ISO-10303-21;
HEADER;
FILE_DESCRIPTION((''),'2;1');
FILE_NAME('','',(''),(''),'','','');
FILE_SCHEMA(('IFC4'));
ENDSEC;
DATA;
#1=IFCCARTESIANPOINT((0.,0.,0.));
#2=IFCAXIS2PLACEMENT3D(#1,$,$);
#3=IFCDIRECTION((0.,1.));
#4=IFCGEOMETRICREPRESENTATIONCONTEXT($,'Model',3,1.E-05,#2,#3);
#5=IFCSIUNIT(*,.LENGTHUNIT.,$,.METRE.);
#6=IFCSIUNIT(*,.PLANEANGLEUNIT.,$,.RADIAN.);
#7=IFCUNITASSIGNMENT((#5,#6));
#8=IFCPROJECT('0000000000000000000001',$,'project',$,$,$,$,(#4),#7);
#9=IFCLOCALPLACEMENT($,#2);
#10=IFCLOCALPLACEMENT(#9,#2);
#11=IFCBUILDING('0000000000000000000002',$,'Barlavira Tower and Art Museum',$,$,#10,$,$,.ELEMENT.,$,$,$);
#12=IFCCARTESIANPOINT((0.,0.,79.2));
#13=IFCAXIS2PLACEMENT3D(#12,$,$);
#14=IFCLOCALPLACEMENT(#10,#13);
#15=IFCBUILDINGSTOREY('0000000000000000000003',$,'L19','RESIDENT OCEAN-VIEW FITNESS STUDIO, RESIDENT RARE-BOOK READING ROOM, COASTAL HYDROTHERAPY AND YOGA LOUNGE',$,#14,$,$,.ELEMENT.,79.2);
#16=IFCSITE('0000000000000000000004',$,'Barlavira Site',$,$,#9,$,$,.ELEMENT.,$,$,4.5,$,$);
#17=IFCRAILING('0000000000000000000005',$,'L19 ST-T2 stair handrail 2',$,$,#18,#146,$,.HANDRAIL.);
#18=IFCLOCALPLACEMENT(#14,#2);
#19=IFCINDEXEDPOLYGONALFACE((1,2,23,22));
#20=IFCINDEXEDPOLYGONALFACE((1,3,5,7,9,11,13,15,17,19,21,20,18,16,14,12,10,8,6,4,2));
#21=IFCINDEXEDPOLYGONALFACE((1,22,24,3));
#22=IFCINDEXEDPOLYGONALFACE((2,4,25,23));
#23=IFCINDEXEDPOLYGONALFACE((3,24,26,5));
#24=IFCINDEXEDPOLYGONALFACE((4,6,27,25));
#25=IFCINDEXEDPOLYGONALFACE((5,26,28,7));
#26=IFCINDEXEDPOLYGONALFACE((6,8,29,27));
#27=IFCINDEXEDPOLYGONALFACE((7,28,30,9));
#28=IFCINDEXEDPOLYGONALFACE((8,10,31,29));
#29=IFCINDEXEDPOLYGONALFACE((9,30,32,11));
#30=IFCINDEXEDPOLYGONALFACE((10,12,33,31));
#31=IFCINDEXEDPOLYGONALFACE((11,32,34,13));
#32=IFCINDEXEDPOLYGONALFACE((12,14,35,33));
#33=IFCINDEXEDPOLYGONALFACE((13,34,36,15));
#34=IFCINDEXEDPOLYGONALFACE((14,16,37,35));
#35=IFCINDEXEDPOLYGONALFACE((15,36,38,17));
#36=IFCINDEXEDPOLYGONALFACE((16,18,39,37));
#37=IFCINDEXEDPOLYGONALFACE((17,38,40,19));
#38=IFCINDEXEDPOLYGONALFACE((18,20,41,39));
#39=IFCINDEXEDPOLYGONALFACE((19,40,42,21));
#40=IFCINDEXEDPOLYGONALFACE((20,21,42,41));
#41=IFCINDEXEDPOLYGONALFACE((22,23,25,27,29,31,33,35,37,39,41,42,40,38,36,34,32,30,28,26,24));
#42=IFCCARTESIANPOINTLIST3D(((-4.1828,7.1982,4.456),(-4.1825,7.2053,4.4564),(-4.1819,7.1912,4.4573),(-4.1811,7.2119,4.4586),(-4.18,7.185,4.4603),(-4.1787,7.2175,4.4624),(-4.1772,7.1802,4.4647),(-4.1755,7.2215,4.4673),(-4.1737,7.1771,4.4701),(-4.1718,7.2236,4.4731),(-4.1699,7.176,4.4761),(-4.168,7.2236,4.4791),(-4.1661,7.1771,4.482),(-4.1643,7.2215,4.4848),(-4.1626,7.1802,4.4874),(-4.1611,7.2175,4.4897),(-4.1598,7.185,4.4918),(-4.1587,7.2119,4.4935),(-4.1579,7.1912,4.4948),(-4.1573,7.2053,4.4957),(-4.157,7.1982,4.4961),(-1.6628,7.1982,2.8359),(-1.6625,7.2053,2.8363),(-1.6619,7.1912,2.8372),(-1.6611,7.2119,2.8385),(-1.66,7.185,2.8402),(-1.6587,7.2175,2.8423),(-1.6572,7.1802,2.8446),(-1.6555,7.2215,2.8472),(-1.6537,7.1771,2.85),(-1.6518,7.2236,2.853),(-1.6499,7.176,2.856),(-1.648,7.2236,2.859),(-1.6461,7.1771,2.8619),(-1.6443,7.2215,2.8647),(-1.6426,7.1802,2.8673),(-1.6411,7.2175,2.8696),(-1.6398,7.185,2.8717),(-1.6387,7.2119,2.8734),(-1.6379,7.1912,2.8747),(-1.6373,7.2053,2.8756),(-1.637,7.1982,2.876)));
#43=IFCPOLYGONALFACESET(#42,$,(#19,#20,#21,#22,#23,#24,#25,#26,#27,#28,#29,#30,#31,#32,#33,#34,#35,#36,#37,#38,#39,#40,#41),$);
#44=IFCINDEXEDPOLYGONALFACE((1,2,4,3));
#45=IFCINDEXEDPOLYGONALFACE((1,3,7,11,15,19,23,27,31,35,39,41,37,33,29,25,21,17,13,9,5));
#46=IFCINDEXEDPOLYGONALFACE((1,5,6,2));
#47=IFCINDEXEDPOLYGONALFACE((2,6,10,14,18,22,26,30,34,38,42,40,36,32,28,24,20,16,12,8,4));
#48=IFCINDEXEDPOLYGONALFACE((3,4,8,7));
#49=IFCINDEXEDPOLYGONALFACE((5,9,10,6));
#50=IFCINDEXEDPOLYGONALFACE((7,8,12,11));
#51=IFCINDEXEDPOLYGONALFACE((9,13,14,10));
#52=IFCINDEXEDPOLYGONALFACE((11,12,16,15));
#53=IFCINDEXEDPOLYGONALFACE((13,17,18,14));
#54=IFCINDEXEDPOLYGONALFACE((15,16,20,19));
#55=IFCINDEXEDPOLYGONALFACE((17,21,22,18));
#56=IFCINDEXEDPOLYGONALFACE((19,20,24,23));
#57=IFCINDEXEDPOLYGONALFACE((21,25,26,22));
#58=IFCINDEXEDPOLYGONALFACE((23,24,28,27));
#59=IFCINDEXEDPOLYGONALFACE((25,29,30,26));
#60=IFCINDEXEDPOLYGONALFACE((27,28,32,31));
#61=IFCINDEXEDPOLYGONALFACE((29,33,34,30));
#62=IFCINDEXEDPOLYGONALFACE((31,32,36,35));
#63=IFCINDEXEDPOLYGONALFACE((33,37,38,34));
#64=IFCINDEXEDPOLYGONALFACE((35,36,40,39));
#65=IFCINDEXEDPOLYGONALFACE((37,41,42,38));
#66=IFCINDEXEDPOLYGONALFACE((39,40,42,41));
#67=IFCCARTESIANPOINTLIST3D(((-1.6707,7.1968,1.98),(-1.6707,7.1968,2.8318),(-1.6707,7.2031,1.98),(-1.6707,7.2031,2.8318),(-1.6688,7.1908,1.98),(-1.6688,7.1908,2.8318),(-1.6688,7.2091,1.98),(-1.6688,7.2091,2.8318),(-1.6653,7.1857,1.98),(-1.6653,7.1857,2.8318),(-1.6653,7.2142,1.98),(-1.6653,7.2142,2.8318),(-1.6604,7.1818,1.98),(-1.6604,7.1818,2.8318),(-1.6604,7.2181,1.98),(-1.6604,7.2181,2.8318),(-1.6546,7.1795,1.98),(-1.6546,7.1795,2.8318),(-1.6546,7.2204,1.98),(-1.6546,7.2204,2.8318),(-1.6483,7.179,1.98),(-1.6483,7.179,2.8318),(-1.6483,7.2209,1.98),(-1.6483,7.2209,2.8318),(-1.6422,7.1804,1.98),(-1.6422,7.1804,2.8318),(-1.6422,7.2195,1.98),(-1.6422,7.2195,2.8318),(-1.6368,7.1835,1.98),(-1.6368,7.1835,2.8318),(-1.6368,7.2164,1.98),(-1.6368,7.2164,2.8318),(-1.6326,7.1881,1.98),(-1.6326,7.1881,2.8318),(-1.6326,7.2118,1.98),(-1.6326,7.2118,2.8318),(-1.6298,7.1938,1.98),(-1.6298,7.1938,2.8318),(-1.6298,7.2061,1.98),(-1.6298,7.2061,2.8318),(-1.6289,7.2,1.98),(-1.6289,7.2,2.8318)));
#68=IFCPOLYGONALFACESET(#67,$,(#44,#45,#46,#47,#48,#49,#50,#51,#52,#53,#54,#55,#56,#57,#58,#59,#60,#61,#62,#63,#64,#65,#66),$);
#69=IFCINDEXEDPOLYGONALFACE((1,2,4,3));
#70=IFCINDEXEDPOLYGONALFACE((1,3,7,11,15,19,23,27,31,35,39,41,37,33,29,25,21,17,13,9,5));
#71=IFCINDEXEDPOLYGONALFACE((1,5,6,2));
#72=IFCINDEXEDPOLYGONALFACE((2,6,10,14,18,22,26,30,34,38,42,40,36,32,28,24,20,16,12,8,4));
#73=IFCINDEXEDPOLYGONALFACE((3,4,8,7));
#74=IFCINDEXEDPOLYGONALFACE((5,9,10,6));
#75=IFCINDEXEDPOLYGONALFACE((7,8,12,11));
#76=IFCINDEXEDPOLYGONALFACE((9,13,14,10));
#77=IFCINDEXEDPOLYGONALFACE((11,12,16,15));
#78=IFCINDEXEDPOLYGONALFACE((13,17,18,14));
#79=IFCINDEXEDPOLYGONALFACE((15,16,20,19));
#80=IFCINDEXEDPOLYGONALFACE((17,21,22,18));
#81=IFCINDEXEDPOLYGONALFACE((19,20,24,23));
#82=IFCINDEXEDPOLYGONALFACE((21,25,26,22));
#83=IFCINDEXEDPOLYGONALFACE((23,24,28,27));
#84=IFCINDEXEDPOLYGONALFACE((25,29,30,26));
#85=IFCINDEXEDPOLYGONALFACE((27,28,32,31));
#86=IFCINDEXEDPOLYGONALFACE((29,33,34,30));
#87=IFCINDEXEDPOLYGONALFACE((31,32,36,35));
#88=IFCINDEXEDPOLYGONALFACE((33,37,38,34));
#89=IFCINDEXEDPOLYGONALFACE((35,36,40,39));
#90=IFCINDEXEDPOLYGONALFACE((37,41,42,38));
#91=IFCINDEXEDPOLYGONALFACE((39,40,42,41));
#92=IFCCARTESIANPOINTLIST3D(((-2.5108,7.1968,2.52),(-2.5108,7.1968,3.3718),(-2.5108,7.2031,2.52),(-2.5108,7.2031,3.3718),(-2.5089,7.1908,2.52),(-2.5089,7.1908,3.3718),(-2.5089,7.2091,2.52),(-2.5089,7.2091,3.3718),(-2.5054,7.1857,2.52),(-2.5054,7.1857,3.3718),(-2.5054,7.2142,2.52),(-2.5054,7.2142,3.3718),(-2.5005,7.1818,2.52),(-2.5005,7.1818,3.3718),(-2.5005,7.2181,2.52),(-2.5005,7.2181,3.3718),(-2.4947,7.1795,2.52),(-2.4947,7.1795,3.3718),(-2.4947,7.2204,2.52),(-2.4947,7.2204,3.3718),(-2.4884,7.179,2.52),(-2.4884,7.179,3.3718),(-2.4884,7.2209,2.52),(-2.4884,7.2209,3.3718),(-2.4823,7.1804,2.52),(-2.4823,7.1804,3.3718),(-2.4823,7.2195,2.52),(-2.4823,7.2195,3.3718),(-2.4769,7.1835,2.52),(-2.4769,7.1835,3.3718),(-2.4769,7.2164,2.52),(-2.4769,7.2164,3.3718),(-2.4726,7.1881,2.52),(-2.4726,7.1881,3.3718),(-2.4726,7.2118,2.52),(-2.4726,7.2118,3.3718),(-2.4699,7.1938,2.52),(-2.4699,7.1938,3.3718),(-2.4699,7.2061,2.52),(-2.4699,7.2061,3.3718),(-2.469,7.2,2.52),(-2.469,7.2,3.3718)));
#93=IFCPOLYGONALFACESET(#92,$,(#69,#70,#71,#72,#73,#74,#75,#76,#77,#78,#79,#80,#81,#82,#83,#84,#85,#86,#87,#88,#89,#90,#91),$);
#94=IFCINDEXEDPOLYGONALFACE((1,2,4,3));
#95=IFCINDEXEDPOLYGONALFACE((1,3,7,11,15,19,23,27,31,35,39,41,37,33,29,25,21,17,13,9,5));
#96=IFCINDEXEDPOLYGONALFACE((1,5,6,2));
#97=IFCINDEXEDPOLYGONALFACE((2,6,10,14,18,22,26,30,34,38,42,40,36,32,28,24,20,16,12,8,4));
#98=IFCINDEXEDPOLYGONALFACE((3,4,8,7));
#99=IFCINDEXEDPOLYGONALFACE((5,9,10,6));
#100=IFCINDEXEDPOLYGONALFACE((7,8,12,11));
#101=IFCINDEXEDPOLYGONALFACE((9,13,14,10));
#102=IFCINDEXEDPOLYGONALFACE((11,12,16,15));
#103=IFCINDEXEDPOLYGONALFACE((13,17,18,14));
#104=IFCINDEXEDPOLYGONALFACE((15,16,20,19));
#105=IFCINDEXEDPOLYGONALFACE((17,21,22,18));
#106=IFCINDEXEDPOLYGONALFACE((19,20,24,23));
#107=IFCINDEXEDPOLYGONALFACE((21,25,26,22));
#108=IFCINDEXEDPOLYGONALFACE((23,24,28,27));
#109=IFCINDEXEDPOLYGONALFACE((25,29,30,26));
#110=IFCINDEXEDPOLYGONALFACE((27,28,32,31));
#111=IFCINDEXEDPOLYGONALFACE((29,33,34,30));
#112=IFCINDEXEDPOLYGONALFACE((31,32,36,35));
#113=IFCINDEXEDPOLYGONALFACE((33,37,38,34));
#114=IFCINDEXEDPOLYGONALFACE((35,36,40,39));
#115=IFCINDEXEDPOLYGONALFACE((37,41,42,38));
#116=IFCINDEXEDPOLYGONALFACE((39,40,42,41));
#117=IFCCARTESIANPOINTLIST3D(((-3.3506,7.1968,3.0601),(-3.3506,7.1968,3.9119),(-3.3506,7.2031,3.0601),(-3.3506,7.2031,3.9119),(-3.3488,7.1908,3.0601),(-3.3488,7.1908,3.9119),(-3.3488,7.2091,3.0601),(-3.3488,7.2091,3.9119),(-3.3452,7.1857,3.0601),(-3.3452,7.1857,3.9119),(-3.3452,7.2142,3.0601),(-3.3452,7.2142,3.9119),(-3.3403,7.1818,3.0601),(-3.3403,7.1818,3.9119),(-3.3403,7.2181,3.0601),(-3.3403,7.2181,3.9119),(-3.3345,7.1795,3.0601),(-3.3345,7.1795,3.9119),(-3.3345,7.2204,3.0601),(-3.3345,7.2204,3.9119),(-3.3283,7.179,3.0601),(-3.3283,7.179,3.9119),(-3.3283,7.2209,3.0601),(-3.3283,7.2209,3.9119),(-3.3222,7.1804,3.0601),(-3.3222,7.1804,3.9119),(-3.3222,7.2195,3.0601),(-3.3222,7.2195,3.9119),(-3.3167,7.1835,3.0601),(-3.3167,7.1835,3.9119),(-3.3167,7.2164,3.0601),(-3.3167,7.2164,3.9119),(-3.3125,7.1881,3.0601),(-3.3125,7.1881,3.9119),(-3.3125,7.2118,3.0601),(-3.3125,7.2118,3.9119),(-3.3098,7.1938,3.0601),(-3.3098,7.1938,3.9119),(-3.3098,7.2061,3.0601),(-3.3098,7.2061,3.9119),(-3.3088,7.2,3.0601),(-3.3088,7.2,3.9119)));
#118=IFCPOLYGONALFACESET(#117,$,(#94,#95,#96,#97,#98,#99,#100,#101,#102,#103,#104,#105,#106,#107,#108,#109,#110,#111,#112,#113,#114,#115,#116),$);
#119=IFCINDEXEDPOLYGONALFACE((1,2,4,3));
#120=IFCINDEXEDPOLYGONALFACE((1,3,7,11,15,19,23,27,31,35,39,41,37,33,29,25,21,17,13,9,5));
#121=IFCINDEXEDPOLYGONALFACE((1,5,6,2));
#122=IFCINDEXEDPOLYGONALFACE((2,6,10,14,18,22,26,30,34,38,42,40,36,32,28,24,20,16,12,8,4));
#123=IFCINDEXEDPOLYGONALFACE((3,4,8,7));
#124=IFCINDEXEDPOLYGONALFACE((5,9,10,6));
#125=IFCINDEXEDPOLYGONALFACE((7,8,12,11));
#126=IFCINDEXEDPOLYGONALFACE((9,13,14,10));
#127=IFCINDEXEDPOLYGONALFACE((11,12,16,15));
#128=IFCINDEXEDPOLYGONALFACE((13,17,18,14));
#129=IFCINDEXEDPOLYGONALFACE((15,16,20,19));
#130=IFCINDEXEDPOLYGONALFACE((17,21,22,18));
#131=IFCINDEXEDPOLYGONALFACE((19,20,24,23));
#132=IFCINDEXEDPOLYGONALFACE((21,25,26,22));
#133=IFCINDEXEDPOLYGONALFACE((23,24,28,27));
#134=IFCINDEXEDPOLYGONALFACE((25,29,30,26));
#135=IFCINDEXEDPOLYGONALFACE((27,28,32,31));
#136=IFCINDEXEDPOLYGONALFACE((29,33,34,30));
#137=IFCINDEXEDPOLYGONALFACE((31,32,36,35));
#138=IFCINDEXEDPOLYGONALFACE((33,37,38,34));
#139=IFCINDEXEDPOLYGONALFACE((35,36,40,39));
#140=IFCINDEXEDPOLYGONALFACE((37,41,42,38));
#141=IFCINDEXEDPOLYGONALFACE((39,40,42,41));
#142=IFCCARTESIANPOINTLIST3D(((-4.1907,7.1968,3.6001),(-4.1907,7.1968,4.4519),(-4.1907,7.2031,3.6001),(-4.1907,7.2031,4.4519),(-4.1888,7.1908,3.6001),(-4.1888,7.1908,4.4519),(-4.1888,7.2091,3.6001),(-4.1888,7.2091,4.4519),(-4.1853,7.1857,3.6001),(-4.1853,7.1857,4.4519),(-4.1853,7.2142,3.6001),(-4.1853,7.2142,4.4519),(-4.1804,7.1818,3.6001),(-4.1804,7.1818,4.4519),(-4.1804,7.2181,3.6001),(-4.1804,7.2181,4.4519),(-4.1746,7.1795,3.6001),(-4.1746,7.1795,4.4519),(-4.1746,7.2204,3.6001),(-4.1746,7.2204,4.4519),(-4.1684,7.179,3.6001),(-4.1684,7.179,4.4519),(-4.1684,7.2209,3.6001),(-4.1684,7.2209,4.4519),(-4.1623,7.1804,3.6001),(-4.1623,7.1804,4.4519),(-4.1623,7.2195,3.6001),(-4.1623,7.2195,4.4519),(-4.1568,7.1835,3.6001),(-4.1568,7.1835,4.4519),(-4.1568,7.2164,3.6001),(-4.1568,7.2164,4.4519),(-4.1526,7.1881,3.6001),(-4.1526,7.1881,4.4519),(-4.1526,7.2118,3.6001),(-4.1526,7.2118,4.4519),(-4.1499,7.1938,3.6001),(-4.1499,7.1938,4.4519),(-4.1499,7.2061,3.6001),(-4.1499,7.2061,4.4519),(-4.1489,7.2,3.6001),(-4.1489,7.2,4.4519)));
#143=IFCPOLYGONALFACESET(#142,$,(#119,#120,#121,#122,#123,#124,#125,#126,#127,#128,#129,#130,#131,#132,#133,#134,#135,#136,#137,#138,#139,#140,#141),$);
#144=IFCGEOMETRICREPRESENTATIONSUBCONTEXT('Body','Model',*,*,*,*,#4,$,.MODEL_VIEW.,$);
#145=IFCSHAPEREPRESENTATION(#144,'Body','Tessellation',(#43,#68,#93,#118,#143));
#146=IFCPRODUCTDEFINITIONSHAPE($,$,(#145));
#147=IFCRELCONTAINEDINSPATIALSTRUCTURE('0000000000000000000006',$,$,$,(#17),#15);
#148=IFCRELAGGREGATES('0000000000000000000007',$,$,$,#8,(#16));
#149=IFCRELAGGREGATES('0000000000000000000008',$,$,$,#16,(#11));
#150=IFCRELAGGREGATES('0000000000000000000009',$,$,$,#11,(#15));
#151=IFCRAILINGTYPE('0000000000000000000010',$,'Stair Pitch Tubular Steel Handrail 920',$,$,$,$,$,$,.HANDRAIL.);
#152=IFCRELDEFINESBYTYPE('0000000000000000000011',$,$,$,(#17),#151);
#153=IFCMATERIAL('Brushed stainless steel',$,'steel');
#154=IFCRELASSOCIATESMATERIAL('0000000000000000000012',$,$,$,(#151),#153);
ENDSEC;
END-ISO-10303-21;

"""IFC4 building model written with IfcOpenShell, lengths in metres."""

from ifc_helpers import new_model, si_unit, direction, frame, origin, origin_2d, place, context, subcontext, project, spatial, circle, extrude, material, type_object, element, save


model = new_model("IFC4")

# Units and contexts
model_context = context("Model", 3, precision=1e-05, world=origin(), true_north=direction((0.0, 1.0)))
body_context = subcontext(model_context, "Body", "Model", "MODEL_VIEW")
ifc_project = project(units=[si_unit("LENGTHUNIT", "METRE"), si_unit("PLANEANGLEUNIT", "RADIAN")], contexts=[model_context])

# Site, building, storey
site_placement = place(None, origin())
site = spatial("IfcSite", under=ifc_project, at=site_placement, Name="Barlavira Site", CompositionType="ELEMENT", RefElevation=4.5)
building_placement = place(site_placement, origin())
building = spatial("IfcBuilding", under=site, at=building_placement, Name="Barlavira Tower and Art Museum", CompositionType="ELEMENT")
storey_placement = place(building_placement, frame((0.0, 0.0, 79.2)))
storey = spatial("IfcBuildingStorey", under=building, at=storey_placement, Name="L19", Description="RESIDENT OCEAN-VIEW FITNESS STUDIO, RESIDENT RARE-BOOK READING ROOM, COASTAL HYDROTHERAPY AND YOGA LOUNGE", CompositionType="ELEMENT", Elevation=79.2)

# Shared definitions
ifc_material_1 = material(Name="Brushed stainless steel", Category="steel")

# Railing
railing_type_1 = type_object("IfcRailingType", Name="Stair Pitch Tubular Steel Handrail 920", PredefinedType="HANDRAIL", material=ifc_material_1)
railing_1_placement = place(storey_placement, frame((-1.6499, 7.2, 1.98)))
element("IfcRailing", 1, at=railing_1_placement, inside=storey, type_object=railing_type_1, Name="L19 ST-T2 stair handrail 2", PredefinedType="HANDRAIL", context=body_context, shape_type="SweptSolid", body=[
    extrude(circle(Radius=0.0239, at=origin_2d()), frame((0.0, 0.0, 0.876), z_axis=(-0.841163, 0.0, 0.540782), x_axis=(0.0, -1.0, 0.0)), (0.0, 0.0, 1.0), 2.9958),
    extrude(circle(Radius=0.021, at=origin_2d()), origin(), (0.0, 0.0, 1.0), 0.8518),
    extrude(circle(Radius=0.021, at=origin_2d()), frame((-0.8401, 0.0, 0.54)), (0.0, 0.0, 1.0), 0.8518),
    extrude(circle(Radius=0.021, at=origin_2d()), frame((-1.6799, 0.0, 1.0801)), (0.0, 0.0, 1.0), 0.8518),
    extrude(circle(Radius=0.021, at=origin_2d()), frame((-2.52, 0.0, 1.6201)), (0.0, 0.0, 1.0), 0.8518),
])

save(model, "model.ifc")
